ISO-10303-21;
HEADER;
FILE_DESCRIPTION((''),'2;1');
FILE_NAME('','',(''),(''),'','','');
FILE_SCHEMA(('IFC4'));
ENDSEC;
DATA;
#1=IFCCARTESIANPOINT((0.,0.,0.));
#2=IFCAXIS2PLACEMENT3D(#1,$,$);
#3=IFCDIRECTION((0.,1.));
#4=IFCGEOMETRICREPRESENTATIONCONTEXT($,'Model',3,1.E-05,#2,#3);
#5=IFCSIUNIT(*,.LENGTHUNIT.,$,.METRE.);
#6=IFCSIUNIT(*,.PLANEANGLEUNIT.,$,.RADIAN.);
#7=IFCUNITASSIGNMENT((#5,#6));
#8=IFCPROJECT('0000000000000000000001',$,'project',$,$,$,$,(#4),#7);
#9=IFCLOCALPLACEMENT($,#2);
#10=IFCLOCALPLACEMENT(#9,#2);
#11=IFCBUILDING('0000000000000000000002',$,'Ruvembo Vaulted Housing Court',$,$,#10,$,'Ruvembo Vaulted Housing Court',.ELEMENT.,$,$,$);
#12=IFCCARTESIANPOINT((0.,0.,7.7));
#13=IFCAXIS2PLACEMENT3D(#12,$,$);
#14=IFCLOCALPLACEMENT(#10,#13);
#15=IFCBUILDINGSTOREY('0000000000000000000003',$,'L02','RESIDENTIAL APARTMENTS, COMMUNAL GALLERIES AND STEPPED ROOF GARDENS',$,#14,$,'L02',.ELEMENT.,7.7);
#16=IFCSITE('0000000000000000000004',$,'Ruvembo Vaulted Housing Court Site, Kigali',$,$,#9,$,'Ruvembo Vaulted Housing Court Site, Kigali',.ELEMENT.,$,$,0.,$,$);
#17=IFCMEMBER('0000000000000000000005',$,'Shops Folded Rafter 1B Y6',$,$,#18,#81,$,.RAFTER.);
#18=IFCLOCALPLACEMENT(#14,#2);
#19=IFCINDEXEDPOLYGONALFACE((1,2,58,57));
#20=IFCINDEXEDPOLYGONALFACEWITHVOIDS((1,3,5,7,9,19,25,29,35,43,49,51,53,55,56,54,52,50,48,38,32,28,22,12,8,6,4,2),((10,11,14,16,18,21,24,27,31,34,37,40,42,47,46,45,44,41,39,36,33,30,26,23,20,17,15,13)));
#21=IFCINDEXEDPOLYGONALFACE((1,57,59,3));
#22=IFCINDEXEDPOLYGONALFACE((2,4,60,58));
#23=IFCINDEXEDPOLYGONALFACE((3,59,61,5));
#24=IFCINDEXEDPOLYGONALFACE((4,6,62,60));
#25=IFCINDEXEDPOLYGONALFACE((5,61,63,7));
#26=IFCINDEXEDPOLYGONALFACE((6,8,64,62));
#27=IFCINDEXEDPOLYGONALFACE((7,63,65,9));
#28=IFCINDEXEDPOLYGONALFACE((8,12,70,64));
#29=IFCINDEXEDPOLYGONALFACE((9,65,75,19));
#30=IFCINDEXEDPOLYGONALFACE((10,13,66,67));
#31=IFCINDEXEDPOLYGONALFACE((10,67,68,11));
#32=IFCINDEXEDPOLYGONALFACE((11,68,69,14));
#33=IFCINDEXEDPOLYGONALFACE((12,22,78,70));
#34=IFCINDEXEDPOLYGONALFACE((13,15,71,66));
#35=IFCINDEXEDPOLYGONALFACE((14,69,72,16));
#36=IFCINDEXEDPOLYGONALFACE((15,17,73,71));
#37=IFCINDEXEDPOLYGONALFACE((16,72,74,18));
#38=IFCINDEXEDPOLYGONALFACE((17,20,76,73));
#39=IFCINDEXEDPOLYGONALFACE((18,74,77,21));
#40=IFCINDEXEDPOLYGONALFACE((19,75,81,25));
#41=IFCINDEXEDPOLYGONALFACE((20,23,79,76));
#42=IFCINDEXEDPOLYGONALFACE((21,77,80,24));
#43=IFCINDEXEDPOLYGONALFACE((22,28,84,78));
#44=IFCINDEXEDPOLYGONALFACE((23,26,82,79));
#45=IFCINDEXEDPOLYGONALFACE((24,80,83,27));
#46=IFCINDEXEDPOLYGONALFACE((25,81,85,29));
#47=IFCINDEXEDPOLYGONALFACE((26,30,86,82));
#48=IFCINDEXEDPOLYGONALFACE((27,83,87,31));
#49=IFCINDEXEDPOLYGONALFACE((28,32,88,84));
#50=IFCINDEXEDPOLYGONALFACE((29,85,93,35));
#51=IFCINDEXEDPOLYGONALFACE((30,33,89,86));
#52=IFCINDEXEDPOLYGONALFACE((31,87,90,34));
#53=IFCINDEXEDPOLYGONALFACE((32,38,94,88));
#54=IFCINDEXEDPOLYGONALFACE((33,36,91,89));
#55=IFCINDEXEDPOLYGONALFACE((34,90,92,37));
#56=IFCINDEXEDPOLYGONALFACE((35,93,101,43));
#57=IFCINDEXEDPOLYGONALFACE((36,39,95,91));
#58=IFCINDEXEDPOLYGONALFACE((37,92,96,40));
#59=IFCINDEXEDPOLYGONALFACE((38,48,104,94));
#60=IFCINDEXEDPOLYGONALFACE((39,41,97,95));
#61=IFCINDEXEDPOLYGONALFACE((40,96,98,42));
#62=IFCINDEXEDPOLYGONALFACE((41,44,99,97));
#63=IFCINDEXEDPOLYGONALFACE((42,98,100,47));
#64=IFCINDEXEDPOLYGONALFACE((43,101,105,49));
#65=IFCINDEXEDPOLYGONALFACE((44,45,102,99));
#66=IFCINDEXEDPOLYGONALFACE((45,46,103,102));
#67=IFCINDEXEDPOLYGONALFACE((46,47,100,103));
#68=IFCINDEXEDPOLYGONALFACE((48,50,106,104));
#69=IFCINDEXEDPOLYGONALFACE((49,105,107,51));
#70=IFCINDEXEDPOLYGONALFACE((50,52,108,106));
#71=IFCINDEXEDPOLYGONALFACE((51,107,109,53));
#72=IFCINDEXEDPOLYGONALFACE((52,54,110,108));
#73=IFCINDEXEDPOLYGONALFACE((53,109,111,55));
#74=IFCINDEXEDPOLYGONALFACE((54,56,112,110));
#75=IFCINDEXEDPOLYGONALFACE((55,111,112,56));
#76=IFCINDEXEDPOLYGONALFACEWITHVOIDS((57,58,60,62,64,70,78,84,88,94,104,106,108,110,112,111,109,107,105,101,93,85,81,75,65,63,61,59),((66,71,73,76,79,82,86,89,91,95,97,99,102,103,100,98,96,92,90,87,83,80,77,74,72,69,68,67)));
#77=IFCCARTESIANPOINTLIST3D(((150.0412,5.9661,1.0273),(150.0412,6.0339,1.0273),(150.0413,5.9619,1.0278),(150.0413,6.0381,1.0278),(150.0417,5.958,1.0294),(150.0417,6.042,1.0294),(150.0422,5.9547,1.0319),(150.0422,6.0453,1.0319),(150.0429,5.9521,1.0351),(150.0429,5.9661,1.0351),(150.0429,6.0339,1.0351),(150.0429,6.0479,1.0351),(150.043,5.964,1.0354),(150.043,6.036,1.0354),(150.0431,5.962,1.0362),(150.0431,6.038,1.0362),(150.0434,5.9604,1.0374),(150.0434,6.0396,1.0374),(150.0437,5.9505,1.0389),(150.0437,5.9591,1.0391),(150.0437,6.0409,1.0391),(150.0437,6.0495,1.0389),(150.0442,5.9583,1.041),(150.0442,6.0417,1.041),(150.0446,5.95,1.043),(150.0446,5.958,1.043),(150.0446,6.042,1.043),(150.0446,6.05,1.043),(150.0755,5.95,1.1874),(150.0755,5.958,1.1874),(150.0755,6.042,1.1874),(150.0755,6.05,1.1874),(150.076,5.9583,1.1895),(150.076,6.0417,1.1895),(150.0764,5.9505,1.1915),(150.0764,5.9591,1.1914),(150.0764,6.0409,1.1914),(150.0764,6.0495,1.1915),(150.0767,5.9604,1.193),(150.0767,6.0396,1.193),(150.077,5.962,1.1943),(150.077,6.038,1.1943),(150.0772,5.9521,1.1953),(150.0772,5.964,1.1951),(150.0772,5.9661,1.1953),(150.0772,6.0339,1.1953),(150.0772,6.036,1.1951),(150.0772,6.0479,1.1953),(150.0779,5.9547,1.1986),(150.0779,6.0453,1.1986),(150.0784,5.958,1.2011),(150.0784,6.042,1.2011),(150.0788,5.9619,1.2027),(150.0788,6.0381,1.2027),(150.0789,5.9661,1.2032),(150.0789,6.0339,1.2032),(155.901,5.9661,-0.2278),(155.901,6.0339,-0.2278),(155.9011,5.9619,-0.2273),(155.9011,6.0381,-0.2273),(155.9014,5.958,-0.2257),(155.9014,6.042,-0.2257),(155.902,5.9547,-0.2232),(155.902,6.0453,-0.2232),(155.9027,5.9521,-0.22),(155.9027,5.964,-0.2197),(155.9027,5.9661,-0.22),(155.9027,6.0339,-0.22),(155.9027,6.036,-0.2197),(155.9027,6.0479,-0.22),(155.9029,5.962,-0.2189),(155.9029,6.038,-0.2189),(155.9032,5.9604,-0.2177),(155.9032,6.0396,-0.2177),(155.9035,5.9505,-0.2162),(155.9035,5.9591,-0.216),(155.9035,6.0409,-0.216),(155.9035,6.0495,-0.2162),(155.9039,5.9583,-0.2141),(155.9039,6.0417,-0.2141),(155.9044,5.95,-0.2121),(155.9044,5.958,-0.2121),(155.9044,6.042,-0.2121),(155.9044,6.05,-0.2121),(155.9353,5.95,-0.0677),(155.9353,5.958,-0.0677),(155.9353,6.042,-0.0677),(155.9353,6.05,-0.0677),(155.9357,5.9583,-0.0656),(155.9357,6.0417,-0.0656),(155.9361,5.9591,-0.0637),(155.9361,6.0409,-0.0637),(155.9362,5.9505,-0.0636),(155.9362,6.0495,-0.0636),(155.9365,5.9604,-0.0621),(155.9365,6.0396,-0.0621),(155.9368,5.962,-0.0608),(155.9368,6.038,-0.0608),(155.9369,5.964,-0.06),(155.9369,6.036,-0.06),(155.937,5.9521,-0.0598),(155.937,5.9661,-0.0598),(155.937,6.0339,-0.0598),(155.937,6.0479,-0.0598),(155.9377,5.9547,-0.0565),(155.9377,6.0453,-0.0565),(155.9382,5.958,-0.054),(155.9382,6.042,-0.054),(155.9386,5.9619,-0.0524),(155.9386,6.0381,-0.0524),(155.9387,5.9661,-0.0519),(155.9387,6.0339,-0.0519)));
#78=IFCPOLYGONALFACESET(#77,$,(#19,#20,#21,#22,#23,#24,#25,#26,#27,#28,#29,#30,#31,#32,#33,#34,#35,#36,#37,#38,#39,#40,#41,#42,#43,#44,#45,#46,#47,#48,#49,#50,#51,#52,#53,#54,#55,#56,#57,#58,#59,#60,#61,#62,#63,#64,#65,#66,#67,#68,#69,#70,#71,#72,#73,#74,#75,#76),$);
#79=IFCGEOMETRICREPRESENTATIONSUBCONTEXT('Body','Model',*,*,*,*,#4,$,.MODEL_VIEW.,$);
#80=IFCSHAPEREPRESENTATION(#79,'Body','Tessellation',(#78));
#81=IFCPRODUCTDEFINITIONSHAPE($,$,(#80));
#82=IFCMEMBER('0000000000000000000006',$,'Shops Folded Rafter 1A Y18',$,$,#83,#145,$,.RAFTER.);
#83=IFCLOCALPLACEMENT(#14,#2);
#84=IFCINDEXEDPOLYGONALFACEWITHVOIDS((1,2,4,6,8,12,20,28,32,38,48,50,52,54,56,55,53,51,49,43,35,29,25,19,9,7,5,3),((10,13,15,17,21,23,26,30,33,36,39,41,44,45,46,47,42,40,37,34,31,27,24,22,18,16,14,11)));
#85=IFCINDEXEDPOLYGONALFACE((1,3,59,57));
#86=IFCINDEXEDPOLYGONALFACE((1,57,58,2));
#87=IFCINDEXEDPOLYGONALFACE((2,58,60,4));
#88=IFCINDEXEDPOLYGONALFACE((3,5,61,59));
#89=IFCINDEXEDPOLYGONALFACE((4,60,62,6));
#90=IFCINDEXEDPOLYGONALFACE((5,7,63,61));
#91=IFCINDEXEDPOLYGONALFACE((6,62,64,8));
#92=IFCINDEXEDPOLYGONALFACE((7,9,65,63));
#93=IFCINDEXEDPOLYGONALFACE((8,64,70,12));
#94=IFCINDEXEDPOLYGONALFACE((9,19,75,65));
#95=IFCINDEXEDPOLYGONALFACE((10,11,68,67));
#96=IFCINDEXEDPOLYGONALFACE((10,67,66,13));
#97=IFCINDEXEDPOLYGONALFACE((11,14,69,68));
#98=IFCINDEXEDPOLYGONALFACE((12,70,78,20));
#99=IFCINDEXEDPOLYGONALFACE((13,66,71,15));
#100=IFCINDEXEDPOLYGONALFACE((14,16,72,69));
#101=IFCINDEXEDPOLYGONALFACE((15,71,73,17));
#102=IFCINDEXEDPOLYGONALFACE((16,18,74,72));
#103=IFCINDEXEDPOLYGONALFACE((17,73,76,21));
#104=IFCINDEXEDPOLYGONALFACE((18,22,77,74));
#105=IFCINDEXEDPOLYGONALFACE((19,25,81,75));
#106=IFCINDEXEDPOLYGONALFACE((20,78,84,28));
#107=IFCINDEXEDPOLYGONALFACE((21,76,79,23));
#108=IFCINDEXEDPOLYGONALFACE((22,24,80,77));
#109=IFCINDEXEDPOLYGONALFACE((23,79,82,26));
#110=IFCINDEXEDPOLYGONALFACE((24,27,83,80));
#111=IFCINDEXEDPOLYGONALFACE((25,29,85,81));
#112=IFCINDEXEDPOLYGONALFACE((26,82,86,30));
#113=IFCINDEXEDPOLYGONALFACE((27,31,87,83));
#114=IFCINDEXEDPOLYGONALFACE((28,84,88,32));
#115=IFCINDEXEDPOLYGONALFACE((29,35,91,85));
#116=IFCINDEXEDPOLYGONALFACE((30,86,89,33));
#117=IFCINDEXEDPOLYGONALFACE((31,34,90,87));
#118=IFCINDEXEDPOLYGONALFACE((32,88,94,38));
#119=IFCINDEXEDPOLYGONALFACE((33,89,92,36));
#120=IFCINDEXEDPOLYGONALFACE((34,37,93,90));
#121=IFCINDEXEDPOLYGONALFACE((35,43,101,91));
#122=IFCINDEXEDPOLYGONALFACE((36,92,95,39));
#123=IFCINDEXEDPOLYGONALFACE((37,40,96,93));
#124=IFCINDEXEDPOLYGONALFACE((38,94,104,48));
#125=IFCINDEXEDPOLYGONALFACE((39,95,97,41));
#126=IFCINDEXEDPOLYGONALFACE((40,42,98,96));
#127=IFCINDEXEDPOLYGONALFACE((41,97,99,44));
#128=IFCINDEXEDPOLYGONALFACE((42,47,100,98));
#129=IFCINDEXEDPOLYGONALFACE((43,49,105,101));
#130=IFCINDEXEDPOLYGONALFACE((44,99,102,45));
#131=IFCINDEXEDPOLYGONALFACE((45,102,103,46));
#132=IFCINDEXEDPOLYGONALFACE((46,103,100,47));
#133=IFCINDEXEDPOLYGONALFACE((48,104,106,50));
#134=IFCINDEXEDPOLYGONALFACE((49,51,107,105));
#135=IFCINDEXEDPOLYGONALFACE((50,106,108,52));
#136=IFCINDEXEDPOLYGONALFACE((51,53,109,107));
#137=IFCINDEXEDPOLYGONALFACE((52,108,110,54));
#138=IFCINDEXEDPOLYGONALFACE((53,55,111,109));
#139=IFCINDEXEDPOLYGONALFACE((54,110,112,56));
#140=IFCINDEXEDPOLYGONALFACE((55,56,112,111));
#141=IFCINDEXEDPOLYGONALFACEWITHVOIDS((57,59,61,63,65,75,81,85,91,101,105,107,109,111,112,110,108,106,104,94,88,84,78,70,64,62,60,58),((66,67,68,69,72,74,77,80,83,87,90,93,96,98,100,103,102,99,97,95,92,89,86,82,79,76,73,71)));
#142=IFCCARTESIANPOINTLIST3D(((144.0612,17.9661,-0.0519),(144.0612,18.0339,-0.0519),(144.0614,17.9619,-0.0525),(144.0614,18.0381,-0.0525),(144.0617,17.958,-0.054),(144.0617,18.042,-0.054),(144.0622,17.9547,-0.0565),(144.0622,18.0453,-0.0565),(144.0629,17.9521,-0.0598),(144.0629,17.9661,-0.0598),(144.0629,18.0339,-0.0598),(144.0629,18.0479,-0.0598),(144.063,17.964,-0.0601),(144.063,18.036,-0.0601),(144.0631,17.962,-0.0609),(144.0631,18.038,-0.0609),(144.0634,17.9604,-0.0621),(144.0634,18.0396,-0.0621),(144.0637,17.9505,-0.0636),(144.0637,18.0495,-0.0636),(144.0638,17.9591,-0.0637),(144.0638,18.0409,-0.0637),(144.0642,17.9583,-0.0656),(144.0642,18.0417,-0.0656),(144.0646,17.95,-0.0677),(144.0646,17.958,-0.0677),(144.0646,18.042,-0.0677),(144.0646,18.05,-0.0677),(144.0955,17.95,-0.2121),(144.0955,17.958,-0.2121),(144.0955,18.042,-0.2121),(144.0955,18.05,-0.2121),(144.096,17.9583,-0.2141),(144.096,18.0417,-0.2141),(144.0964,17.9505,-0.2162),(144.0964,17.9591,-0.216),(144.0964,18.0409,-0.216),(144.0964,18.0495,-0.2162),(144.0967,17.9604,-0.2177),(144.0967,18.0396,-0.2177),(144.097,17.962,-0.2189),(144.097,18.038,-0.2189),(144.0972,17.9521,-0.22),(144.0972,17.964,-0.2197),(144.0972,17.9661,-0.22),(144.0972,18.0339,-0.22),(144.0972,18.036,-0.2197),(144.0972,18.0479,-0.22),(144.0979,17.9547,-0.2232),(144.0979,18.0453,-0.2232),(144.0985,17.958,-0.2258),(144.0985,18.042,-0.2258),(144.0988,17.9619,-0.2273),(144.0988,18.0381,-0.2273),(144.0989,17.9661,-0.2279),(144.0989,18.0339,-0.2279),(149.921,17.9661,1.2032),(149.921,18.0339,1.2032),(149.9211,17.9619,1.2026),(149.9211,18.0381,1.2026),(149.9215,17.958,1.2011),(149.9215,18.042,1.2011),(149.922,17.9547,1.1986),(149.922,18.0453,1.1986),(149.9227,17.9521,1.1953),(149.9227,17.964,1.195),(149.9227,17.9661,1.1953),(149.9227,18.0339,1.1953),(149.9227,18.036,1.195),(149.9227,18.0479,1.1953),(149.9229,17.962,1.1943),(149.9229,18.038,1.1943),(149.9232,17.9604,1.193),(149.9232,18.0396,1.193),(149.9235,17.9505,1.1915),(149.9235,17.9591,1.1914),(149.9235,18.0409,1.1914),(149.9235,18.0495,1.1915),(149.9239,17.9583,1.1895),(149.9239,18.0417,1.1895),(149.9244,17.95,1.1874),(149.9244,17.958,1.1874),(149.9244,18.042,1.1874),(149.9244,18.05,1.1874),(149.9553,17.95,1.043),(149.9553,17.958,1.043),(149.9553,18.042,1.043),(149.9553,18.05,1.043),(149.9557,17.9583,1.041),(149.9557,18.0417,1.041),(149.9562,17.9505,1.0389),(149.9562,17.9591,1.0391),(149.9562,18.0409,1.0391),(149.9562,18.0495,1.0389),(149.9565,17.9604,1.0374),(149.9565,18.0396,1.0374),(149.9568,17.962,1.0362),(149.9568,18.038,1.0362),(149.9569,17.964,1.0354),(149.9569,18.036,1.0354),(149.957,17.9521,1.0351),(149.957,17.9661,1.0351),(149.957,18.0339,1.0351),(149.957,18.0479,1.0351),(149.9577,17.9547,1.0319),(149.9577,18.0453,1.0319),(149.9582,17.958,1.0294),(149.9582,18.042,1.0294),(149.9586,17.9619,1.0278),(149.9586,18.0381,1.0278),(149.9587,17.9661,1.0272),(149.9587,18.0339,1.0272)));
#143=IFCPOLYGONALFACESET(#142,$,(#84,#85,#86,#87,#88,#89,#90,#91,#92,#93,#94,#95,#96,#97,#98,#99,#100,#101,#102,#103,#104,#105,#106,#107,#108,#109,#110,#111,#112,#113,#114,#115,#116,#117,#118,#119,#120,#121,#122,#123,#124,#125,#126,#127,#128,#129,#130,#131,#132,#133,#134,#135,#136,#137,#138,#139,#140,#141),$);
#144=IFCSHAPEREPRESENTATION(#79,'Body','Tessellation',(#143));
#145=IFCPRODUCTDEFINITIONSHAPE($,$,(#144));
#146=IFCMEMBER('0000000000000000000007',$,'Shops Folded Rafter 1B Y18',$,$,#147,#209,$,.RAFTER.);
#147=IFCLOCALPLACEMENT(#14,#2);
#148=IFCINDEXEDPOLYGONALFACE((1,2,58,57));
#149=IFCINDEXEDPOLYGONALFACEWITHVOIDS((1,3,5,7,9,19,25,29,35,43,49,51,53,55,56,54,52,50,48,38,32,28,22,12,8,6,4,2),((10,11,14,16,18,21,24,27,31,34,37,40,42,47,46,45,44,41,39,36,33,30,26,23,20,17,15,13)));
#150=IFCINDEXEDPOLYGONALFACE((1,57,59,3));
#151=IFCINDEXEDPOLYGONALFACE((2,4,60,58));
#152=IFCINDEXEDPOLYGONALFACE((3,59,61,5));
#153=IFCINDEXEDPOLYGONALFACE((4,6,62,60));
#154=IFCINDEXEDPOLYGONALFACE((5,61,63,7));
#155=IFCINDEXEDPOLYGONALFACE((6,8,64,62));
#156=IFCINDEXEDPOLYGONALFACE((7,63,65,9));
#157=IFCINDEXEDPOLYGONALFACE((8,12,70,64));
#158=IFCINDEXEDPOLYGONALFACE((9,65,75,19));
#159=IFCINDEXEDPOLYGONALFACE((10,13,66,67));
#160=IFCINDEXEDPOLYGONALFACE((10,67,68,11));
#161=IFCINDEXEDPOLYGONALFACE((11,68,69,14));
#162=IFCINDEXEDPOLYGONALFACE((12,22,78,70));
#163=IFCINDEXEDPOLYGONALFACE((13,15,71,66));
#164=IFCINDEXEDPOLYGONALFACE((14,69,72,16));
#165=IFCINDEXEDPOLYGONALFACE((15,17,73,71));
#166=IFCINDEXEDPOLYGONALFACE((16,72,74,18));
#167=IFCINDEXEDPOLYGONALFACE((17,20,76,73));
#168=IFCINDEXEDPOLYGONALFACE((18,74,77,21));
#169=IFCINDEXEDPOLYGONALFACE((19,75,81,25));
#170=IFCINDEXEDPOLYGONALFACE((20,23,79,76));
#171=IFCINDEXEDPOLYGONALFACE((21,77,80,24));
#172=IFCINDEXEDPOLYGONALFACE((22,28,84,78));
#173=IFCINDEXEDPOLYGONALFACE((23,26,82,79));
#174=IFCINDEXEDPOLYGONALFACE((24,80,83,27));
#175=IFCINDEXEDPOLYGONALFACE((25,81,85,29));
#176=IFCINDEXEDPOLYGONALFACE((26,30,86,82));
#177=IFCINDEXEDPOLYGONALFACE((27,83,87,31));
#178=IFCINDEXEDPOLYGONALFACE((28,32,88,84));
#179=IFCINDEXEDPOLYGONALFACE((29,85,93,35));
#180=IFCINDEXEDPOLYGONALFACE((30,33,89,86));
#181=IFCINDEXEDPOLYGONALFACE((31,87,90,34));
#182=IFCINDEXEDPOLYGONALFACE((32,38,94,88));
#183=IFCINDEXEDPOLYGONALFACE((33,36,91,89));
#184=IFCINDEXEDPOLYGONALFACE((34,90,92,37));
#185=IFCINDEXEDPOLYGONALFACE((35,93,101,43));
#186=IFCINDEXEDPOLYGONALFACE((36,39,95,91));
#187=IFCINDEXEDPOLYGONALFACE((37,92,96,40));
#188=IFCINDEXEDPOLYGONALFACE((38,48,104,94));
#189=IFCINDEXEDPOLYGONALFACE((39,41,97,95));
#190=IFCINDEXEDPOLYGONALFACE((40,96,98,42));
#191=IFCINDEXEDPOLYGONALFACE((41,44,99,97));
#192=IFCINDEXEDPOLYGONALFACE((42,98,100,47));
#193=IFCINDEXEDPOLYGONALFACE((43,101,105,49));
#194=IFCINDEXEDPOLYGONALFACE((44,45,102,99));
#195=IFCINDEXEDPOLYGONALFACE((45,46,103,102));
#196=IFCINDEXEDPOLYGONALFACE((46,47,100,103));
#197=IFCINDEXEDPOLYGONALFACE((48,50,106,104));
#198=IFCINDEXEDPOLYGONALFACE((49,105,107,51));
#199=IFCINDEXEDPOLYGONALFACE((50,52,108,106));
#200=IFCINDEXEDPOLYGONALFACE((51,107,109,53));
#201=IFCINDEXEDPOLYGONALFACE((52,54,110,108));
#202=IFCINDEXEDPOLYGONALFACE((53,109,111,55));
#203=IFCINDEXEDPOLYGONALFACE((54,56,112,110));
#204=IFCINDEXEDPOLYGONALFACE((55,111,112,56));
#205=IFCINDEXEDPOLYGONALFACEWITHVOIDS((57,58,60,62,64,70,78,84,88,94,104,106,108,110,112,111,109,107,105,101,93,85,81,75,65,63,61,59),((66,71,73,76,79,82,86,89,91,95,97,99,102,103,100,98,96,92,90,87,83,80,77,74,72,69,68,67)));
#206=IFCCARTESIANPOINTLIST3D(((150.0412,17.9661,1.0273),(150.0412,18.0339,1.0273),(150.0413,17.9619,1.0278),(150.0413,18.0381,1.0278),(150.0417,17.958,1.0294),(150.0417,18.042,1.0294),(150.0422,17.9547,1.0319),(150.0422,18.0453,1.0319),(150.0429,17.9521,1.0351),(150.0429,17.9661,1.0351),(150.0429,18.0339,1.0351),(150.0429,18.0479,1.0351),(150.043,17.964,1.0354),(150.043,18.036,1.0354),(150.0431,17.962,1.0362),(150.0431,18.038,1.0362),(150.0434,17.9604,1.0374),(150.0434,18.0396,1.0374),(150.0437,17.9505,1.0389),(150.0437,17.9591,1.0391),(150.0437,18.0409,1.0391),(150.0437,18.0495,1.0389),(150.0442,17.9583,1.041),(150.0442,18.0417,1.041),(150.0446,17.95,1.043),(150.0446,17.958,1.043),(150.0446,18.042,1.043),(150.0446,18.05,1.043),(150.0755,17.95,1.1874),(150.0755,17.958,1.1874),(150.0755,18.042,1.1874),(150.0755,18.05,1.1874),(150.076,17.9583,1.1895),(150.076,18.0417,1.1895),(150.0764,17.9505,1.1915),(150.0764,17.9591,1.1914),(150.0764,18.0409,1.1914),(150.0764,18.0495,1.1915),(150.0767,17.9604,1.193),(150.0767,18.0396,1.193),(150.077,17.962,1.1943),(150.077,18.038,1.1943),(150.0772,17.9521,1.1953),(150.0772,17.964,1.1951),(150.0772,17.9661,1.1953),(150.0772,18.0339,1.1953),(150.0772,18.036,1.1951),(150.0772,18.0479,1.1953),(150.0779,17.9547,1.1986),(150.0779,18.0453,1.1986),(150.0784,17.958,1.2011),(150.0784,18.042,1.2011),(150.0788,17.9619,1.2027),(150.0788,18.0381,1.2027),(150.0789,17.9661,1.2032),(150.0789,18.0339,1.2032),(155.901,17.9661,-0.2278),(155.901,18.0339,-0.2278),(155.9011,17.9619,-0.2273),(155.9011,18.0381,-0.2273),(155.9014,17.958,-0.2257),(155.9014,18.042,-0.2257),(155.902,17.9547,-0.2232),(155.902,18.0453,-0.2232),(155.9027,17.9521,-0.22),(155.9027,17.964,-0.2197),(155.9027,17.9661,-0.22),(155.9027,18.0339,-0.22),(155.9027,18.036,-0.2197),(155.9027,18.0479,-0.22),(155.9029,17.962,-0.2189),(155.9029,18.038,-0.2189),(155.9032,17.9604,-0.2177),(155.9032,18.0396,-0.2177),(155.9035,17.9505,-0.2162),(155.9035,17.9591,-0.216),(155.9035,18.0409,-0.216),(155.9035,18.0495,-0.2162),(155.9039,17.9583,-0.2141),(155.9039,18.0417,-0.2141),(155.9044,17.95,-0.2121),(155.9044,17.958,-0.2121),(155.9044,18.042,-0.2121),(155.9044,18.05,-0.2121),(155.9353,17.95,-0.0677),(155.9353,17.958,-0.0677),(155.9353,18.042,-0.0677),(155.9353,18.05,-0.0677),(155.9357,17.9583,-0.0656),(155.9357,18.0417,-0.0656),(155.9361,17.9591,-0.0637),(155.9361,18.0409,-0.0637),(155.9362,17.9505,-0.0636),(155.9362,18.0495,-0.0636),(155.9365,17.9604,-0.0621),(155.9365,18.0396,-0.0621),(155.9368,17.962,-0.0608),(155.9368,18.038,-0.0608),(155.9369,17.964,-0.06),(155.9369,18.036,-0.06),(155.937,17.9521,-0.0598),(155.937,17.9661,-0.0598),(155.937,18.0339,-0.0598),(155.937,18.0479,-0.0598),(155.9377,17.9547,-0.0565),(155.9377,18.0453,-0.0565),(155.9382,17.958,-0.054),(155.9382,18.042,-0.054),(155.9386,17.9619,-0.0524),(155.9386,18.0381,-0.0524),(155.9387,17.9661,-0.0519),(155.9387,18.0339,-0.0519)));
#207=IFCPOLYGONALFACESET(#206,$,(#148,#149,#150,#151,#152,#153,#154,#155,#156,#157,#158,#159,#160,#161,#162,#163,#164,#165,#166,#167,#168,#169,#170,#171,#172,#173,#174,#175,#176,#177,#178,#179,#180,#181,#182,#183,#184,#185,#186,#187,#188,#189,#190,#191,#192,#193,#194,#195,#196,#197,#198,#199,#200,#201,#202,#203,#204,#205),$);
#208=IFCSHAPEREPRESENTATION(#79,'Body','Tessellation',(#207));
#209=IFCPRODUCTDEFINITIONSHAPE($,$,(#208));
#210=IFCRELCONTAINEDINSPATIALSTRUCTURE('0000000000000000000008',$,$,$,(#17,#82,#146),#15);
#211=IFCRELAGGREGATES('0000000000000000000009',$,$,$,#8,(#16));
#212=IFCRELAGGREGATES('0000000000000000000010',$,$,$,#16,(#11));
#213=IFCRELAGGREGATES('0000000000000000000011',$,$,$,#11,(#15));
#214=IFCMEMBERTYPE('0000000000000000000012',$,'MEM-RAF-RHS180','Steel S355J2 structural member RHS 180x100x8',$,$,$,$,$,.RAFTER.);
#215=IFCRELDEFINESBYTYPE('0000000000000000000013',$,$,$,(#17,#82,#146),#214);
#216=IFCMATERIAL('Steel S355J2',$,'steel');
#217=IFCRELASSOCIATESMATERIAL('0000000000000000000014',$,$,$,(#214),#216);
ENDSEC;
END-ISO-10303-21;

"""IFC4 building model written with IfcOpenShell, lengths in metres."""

from ifc_helpers import new_model, si_unit, direction, frame, origin, origin_2d, place, context, subcontext, project, spatial, hollow_rectangle, extrude, material, material_profile, profile_set, type_object, element, save


model = new_model("IFC4")

# Units and contexts
model_context = context("Model", 3, precision=1e-05, world=origin(), true_north=direction((0.0, 1.0)))
body_context = subcontext(model_context, "Body", "Model", "MODEL_VIEW")
ifc_project = project(units=[si_unit("LENGTHUNIT", "METRE"), si_unit("PLANEANGLEUNIT", "RADIAN")], contexts=[model_context])

# Site, building, storey
site_placement = place(None, origin())
site = spatial("IfcSite", under=ifc_project, at=site_placement, Name="Ruvembo Vaulted Housing Court Site, Kigali", LongName="Ruvembo Vaulted Housing Court Site, Kigali", CompositionType="ELEMENT", RefElevation=0.0)
building_placement = place(site_placement, origin())
building = spatial("IfcBuilding", under=site, at=building_placement, Name="Ruvembo Vaulted Housing Court", LongName="Ruvembo Vaulted Housing Court", CompositionType="ELEMENT")
storey_placement = place(building_placement, frame((0.0, 0.0, 7.7)))
storey = spatial("IfcBuildingStorey", under=building, at=storey_placement, Name="L02", Description="RESIDENTIAL APARTMENTS, COMMUNAL GALLERIES AND STEPPED ROOF GARDENS", LongName="L02", CompositionType="ELEMENT", Elevation=7.7)

# Shared definitions
ifc_material_1 = material(Name="Steel S355J2", Category="steel")

# Members
ifc_material_profile_1 = material_profile(ifc_material_1, hollow_rectangle(XDim=0.1001, YDim=0.1799, WallThickness=0.0081, InnerFilletRadius=0.0081, OuterFilletRadius=0.0161, at=origin_2d()), Name="RHS 180x100x8")
ifc_profile_set_1 = profile_set([ifc_material_profile_1], Name="Steel S355J2")
member_type = type_object("IfcMemberType", Name="MEM-RAF-RHS180", Description="Steel S355J2 structural member RHS 180x100x8", PredefinedType="RAFTER", material=ifc_profile_set_1)
for number, where, z_axis, x_axis, name in (
    (1, (150.0601, 6.0, 1.1152), (0.977821, 0.0, -0.20944), (0.0, 1.0, 0.0), "Shops Folded Rafter 1B Y6"),
    (2, (144.0801, 18.0, -0.1399), (0.977821, 0.0, 0.20944), (0.0, 1.0, 0.0), "Shops Folded Rafter 1A Y18"),
    (3, (150.0601, 18.0, 1.1152), (0.977821, 0.0, -0.20944), (0.0, 1.0, 0.0), "Shops Folded Rafter 1B Y18"),
):
    element("IfcMember", number, at=place(storey_placement, frame(where, z_axis=z_axis, x_axis=x_axis)), inside=storey, type_object=member_type, Name=name, PredefinedType="RAFTER", context=body_context, shape_type="SweptSolid", body=[
        extrude(hollow_rectangle(XDim=0.1001, YDim=0.1799, WallThickness=0.0081, InnerFilletRadius=0.0081, OuterFilletRadius=0.0161, at=origin_2d()), origin(), (0.0, 0.0, 1.0), 5.9927),
    ])

save(model, "model.ifc")
